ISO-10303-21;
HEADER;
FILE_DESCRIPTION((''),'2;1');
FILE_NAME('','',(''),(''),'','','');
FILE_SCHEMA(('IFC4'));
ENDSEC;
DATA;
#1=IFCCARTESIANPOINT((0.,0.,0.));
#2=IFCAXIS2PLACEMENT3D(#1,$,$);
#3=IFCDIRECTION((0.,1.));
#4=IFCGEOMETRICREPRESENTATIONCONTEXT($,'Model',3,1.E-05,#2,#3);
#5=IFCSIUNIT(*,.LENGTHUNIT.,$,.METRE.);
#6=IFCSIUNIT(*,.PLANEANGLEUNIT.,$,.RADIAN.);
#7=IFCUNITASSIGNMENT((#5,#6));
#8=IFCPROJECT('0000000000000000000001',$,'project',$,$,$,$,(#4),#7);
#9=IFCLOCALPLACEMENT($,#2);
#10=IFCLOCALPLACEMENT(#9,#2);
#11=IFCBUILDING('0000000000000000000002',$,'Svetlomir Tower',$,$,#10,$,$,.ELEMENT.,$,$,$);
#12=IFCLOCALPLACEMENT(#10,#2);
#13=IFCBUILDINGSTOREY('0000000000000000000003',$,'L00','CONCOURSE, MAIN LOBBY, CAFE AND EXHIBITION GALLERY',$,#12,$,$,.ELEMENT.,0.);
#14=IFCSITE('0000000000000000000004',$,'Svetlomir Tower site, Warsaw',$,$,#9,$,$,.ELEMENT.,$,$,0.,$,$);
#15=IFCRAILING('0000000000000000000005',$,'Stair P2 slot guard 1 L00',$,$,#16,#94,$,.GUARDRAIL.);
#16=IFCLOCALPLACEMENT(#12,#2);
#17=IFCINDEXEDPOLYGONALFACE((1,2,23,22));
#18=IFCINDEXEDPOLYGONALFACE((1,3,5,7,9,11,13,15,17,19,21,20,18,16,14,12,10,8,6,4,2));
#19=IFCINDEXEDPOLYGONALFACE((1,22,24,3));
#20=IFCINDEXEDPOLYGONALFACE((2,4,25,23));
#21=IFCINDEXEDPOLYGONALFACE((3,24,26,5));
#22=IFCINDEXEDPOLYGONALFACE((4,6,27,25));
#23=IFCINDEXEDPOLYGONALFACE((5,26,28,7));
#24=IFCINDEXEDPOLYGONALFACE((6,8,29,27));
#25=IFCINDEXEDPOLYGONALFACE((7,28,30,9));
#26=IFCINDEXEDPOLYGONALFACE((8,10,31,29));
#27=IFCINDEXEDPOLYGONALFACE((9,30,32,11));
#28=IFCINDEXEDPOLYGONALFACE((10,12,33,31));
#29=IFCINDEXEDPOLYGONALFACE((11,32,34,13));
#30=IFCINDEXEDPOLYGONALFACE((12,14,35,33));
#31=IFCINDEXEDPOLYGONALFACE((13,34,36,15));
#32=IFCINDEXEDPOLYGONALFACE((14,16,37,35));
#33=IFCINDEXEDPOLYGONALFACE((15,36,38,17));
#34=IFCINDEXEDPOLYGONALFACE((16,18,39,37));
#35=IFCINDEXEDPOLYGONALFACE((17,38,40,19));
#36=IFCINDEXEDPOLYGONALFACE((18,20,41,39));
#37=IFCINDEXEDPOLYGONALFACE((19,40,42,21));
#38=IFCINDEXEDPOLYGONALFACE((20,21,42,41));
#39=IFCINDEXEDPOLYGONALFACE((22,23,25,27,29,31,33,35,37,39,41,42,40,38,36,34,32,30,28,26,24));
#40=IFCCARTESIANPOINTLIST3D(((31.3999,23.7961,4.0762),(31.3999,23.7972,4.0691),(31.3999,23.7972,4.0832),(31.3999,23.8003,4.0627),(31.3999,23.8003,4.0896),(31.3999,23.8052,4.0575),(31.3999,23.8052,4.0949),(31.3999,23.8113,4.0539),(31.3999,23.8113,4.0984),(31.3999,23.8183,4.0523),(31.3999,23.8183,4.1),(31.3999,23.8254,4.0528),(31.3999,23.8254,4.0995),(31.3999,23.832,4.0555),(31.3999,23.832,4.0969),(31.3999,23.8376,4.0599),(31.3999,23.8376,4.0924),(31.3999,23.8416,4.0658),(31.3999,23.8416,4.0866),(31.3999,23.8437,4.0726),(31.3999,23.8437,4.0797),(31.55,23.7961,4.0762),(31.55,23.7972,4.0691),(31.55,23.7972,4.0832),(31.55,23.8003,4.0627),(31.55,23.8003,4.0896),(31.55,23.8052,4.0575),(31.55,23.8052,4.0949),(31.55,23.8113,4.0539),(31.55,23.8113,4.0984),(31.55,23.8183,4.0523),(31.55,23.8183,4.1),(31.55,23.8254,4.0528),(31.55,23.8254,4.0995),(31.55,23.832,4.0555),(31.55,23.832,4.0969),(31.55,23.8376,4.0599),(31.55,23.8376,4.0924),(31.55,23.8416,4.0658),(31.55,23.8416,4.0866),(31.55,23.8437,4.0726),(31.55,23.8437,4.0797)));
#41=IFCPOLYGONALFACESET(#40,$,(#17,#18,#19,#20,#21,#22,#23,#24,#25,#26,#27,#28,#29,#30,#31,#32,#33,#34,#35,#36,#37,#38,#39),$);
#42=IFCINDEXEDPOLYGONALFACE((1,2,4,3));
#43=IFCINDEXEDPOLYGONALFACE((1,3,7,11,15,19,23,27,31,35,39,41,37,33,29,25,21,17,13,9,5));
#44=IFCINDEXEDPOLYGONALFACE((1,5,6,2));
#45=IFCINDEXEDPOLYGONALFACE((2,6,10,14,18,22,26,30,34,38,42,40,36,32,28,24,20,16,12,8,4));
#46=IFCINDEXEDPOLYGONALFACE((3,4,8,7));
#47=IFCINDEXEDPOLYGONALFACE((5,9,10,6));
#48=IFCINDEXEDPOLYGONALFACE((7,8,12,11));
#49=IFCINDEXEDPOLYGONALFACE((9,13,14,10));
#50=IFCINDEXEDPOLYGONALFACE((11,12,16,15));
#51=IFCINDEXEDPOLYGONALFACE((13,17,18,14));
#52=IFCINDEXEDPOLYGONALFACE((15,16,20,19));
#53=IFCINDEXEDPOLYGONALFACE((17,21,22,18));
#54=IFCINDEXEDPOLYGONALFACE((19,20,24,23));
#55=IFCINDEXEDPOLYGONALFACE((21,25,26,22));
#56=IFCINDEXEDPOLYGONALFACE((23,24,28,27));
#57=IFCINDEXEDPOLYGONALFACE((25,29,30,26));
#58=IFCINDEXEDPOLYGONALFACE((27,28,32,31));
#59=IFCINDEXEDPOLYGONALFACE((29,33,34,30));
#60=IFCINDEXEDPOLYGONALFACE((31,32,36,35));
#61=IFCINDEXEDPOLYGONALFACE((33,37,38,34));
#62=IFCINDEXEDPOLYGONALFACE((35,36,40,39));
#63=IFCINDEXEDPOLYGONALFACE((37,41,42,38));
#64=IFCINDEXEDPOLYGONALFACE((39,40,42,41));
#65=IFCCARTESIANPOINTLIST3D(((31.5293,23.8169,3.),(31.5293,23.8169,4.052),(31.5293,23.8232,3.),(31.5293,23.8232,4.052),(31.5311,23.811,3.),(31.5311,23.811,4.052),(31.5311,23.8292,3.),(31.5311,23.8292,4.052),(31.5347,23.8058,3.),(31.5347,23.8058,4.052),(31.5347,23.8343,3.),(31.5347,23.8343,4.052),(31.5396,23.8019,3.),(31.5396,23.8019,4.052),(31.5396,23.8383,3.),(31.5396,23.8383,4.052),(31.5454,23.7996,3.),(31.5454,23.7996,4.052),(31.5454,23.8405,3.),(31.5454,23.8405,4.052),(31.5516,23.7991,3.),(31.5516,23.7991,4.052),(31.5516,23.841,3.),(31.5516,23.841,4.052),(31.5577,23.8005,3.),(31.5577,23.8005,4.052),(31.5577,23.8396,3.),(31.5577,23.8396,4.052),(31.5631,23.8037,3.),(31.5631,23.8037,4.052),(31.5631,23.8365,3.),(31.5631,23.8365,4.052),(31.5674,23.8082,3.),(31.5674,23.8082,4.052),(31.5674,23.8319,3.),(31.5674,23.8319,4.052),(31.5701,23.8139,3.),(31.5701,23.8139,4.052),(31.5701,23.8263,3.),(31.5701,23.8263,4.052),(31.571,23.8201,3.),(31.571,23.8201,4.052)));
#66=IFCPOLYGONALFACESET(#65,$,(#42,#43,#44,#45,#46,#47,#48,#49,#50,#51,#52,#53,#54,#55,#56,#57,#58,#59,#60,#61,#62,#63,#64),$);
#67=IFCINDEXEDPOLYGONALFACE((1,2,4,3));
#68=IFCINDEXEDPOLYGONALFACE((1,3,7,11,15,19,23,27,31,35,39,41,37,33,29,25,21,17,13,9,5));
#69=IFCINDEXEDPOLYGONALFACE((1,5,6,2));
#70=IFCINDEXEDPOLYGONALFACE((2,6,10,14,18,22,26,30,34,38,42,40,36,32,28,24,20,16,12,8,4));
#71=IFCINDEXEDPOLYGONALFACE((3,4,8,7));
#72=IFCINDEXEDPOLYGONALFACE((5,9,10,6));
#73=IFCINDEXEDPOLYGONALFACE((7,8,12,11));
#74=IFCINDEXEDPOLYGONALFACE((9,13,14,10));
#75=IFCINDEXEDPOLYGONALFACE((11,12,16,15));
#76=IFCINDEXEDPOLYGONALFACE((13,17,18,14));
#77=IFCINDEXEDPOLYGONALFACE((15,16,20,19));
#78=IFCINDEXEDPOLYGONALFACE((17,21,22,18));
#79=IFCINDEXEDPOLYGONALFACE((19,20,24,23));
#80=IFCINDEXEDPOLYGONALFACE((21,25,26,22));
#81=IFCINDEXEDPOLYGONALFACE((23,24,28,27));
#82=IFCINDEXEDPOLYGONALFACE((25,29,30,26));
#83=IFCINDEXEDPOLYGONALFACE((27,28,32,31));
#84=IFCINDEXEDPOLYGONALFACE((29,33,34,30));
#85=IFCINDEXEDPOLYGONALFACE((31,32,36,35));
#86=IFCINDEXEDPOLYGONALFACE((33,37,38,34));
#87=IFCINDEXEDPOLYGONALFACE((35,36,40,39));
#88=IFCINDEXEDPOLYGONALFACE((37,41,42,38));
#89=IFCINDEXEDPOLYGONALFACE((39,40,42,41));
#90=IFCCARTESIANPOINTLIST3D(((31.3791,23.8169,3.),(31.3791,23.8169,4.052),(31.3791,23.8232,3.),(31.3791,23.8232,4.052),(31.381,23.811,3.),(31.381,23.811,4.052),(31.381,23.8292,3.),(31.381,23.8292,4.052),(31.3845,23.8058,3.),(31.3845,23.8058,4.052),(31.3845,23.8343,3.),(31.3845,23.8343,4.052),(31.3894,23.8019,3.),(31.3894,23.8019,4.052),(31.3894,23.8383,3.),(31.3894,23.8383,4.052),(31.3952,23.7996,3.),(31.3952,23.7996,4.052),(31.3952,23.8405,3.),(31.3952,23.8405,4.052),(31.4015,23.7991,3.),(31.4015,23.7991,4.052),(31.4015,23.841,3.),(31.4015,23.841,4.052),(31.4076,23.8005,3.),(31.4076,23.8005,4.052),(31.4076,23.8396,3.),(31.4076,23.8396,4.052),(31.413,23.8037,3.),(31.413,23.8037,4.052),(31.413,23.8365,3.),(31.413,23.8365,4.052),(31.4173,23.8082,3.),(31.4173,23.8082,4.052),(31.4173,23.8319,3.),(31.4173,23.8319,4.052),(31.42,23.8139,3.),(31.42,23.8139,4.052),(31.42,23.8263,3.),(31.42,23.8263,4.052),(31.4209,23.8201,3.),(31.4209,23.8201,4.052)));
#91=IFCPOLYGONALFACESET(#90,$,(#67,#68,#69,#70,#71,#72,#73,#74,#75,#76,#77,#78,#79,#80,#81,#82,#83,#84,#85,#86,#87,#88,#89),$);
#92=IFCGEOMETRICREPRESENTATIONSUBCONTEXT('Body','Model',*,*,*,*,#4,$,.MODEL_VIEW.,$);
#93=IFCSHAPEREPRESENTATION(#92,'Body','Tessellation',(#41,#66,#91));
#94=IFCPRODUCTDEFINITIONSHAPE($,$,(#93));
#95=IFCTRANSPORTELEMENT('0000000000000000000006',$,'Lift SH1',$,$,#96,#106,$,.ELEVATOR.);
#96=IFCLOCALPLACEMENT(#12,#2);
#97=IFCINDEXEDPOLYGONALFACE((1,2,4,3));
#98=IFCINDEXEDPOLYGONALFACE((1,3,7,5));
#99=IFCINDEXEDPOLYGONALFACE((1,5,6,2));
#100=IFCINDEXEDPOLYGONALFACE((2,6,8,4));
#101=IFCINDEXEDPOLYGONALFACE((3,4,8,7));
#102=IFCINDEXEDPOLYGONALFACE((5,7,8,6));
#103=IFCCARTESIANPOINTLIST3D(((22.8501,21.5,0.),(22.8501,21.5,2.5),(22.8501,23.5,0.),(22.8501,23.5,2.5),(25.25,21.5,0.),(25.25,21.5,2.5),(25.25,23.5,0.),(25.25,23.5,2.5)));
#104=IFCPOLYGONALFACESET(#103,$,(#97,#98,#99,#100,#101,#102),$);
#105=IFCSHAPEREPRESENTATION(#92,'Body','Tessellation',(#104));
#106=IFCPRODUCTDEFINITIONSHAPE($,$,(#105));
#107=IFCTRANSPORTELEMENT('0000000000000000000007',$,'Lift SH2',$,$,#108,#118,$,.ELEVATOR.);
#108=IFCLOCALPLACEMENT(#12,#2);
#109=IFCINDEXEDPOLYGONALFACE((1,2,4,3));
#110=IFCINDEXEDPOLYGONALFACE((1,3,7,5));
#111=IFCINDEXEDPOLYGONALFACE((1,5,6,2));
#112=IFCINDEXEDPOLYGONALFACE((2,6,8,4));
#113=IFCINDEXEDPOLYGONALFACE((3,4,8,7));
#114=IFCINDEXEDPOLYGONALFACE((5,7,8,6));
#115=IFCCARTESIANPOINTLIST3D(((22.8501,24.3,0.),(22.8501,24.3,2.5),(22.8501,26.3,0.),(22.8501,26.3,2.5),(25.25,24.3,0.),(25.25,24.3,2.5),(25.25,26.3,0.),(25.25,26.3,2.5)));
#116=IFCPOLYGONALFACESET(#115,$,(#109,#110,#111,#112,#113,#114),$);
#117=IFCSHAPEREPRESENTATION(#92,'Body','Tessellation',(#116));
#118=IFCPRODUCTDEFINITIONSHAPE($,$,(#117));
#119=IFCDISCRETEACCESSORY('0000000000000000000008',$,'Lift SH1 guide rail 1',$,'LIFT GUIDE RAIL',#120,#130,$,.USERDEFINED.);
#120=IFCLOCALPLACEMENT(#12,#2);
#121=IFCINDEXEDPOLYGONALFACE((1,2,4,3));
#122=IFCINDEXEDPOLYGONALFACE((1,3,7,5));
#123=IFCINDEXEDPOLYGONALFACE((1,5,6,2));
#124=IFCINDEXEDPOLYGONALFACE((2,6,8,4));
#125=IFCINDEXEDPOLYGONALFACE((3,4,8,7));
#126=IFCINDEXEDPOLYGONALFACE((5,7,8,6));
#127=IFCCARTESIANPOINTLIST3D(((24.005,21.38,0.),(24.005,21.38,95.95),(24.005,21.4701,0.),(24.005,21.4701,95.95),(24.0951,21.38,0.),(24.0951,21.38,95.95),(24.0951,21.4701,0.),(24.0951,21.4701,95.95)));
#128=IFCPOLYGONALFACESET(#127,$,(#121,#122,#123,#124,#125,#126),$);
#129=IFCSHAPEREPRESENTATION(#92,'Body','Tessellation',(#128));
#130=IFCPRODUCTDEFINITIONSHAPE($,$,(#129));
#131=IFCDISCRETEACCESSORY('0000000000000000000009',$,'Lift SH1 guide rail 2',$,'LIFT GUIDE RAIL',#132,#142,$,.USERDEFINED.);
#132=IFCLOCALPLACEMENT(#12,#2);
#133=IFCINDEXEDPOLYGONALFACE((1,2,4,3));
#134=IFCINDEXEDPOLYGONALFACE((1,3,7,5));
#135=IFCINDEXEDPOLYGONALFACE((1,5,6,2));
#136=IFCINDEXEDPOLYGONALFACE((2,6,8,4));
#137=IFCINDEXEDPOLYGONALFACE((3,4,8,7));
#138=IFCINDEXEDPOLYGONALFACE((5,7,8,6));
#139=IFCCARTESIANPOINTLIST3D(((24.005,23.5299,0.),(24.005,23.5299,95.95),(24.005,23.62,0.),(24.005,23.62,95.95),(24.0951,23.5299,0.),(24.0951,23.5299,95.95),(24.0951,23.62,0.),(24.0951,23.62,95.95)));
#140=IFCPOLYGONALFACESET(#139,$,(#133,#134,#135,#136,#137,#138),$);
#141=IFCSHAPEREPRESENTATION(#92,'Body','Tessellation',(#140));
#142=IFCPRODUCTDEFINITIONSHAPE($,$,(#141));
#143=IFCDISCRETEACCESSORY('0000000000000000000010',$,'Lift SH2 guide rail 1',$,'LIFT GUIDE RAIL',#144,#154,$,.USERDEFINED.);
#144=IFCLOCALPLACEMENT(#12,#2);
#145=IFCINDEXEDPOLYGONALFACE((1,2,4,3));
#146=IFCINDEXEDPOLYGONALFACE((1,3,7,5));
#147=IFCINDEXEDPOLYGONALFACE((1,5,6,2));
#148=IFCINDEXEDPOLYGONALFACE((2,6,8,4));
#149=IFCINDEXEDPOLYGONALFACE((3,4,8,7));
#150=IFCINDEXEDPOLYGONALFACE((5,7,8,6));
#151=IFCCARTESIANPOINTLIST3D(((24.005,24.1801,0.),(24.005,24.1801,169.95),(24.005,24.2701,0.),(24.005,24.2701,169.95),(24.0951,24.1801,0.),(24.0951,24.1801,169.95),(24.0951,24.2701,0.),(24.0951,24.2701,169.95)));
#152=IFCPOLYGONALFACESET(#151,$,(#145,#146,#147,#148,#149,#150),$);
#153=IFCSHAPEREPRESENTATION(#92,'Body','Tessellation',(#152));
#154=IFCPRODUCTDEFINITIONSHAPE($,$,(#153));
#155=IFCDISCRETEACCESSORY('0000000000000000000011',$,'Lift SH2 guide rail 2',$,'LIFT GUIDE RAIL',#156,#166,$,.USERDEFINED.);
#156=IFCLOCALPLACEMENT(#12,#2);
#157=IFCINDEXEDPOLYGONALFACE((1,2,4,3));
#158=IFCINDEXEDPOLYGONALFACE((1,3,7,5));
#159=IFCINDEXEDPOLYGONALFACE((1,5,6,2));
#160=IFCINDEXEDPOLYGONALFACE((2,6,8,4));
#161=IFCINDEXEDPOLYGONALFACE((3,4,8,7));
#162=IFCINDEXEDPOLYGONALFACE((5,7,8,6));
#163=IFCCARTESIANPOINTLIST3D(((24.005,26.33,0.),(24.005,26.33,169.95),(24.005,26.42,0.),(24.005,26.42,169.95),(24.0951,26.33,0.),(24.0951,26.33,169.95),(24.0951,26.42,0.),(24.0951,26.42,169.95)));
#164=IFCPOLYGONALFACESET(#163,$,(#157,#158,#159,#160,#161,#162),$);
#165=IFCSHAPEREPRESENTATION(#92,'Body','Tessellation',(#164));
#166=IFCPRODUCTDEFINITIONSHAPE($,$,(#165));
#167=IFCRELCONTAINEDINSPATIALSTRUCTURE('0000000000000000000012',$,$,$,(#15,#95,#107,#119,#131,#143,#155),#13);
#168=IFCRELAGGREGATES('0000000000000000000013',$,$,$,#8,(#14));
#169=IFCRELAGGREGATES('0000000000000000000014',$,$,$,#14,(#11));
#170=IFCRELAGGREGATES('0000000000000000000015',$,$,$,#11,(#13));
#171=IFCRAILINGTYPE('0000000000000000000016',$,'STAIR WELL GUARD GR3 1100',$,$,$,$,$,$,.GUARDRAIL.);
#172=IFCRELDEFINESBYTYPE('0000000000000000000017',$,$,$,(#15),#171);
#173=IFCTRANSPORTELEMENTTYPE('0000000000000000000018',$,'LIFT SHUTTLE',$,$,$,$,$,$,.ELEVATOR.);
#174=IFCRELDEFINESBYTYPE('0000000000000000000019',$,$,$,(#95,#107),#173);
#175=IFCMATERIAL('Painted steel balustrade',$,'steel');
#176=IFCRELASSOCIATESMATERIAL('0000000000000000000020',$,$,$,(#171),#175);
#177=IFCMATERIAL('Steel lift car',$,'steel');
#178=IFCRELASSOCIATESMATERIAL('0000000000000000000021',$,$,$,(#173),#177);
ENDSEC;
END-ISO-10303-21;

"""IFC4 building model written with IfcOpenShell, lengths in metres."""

from ifc_helpers import new_model, si_unit, direction, frame, origin, origin_2d, place, context, subcontext, project, spatial, rectangle, circle, extrude, material, type_object, element, save


model = new_model("IFC4")

# Units and contexts
model_context = context("Model", 3, precision=1e-05, world=origin(), true_north=direction((0.0, 1.0)))
body_context = subcontext(model_context, "Body", "Model", "MODEL_VIEW")
ifc_project = project(units=[si_unit("LENGTHUNIT", "METRE"), si_unit("PLANEANGLEUNIT", "RADIAN")], contexts=[model_context])

# Site, building, storey
site_placement = place(None, origin())
site = spatial("IfcSite", under=ifc_project, at=site_placement, Name="Svetlomir Tower site, Warsaw", CompositionType="ELEMENT", RefElevation=0.0)
building_placement = place(site_placement, origin())
building = spatial("IfcBuilding", under=site, at=building_placement, Name="Svetlomir Tower", CompositionType="ELEMENT")
storey_placement = place(building_placement, origin())
storey = spatial("IfcBuildingStorey", under=building, at=storey_placement, Name="L00", Description="CONCOURSE, MAIN LOBBY, CAFE AND EXHIBITION GALLERY", CompositionType="ELEMENT", Elevation=0.0)

# Railing
ifc_material_1 = material(Name="Painted steel balustrade", Category="steel")
railing_type_1 = type_object("IfcRailingType", Name="STAIR WELL GUARD GR3 1100", PredefinedType="GUARDRAIL", material=ifc_material_1)
railing_1_placement = place(storey_placement, frame((31.55, 23.8201, 3.0)))
element("IfcRailing", 1, at=railing_1_placement, inside=storey, type_object=railing_type_1, Name="Stair P2 slot guard 1 L00", PredefinedType="GUARDRAIL", context=body_context, shape_type="SweptSolid", body=[
    extrude(circle(Radius=0.0239, at=origin_2d()), frame((0.0, 0.0, 1.0762), z_axis=(-1.0, 0.0, 0.0), x_axis=(0.0, -1.0, 0.0)), (0.0, 0.0, 1.0), 0.1501),
    extrude(circle(Radius=0.021, at=origin_2d()), origin(), (0.0, 0.0, 1.0), 1.052),
    extrude(circle(Radius=0.021, at=origin_2d()), frame((-0.1501, 0.0, 0.0)), (0.0, 0.0, 1.0), 1.052),
])

# Transport elements
ifc_material_2 = material(Name="Steel lift car", Category="steel")
transport_element_type = type_object("IfcTransportElementType", Name="LIFT SHUTTLE", PredefinedType="ELEVATOR", material=ifc_material_2)
for number, where, z_axis, x_axis, name in (
    (2, (24.05, 22.5, 0.0), (0.0, 0.0, 1.0), (1.0, 0.0, 0.0), "Lift SH1"),
    (3, (24.05, 25.3, 0.0), (0.0, 0.0, 1.0), (1.0, 0.0, 0.0), "Lift SH2"),
):
    element("IfcTransportElement", number, at=place(storey_placement, frame(where, z_axis=z_axis, x_axis=x_axis)), inside=storey, type_object=transport_element_type, Name=name, PredefinedType="ELEVATOR", context=body_context, shape_type="SweptSolid", body=[
        extrude(rectangle(XDim=2.3999, YDim=2.0, at=origin_2d()), origin(), (0.0, 0.0, 1.0), 2.5),
    ])

# Discrete accessories
for number, where, z_axis, x_axis, name in (
    (4, (24.05, 21.425, 0.0), (0.0, 0.0, 1.0), (1.0, 0.0, 0.0), "Lift SH1 guide rail 1"),
    (5, (24.05, 23.575, 0.0), (0.0, 0.0, 1.0), (1.0, 0.0, 0.0), "Lift SH1 guide rail 2"),
):
    element("IfcDiscreteAccessory", number, at=place(storey_placement, frame(where, z_axis=z_axis, x_axis=x_axis)), inside=storey, Name=name, ObjectType="LIFT GUIDE RAIL", PredefinedType="USERDEFINED", context=body_context, shape_type="SweptSolid", body=[
        extrude(rectangle(XDim=0.0901, YDim=0.0901, at=origin_2d()), origin(), (0.0, 0.0, 1.0), 95.95),
    ])
for number, where, z_axis, x_axis, name in (
    (6, (24.05, 24.2251, 0.0), (0.0, 0.0, 1.0), (1.0, 0.0, 0.0), "Lift SH2 guide rail 1"),
    (7, (24.05, 26.375, 0.0), (0.0, 0.0, 1.0), (1.0, 0.0, 0.0), "Lift SH2 guide rail 2"),
):
    element("IfcDiscreteAccessory", number, at=place(storey_placement, frame(where, z_axis=z_axis, x_axis=x_axis)), inside=storey, Name=name, ObjectType="LIFT GUIDE RAIL", PredefinedType="USERDEFINED", context=body_context, shape_type="SweptSolid", body=[
        extrude(rectangle(XDim=0.0901, YDim=0.0901, at=origin_2d()), origin(), (0.0, 0.0, 1.0), 169.95),
    ])

save(model, "model.ifc")
